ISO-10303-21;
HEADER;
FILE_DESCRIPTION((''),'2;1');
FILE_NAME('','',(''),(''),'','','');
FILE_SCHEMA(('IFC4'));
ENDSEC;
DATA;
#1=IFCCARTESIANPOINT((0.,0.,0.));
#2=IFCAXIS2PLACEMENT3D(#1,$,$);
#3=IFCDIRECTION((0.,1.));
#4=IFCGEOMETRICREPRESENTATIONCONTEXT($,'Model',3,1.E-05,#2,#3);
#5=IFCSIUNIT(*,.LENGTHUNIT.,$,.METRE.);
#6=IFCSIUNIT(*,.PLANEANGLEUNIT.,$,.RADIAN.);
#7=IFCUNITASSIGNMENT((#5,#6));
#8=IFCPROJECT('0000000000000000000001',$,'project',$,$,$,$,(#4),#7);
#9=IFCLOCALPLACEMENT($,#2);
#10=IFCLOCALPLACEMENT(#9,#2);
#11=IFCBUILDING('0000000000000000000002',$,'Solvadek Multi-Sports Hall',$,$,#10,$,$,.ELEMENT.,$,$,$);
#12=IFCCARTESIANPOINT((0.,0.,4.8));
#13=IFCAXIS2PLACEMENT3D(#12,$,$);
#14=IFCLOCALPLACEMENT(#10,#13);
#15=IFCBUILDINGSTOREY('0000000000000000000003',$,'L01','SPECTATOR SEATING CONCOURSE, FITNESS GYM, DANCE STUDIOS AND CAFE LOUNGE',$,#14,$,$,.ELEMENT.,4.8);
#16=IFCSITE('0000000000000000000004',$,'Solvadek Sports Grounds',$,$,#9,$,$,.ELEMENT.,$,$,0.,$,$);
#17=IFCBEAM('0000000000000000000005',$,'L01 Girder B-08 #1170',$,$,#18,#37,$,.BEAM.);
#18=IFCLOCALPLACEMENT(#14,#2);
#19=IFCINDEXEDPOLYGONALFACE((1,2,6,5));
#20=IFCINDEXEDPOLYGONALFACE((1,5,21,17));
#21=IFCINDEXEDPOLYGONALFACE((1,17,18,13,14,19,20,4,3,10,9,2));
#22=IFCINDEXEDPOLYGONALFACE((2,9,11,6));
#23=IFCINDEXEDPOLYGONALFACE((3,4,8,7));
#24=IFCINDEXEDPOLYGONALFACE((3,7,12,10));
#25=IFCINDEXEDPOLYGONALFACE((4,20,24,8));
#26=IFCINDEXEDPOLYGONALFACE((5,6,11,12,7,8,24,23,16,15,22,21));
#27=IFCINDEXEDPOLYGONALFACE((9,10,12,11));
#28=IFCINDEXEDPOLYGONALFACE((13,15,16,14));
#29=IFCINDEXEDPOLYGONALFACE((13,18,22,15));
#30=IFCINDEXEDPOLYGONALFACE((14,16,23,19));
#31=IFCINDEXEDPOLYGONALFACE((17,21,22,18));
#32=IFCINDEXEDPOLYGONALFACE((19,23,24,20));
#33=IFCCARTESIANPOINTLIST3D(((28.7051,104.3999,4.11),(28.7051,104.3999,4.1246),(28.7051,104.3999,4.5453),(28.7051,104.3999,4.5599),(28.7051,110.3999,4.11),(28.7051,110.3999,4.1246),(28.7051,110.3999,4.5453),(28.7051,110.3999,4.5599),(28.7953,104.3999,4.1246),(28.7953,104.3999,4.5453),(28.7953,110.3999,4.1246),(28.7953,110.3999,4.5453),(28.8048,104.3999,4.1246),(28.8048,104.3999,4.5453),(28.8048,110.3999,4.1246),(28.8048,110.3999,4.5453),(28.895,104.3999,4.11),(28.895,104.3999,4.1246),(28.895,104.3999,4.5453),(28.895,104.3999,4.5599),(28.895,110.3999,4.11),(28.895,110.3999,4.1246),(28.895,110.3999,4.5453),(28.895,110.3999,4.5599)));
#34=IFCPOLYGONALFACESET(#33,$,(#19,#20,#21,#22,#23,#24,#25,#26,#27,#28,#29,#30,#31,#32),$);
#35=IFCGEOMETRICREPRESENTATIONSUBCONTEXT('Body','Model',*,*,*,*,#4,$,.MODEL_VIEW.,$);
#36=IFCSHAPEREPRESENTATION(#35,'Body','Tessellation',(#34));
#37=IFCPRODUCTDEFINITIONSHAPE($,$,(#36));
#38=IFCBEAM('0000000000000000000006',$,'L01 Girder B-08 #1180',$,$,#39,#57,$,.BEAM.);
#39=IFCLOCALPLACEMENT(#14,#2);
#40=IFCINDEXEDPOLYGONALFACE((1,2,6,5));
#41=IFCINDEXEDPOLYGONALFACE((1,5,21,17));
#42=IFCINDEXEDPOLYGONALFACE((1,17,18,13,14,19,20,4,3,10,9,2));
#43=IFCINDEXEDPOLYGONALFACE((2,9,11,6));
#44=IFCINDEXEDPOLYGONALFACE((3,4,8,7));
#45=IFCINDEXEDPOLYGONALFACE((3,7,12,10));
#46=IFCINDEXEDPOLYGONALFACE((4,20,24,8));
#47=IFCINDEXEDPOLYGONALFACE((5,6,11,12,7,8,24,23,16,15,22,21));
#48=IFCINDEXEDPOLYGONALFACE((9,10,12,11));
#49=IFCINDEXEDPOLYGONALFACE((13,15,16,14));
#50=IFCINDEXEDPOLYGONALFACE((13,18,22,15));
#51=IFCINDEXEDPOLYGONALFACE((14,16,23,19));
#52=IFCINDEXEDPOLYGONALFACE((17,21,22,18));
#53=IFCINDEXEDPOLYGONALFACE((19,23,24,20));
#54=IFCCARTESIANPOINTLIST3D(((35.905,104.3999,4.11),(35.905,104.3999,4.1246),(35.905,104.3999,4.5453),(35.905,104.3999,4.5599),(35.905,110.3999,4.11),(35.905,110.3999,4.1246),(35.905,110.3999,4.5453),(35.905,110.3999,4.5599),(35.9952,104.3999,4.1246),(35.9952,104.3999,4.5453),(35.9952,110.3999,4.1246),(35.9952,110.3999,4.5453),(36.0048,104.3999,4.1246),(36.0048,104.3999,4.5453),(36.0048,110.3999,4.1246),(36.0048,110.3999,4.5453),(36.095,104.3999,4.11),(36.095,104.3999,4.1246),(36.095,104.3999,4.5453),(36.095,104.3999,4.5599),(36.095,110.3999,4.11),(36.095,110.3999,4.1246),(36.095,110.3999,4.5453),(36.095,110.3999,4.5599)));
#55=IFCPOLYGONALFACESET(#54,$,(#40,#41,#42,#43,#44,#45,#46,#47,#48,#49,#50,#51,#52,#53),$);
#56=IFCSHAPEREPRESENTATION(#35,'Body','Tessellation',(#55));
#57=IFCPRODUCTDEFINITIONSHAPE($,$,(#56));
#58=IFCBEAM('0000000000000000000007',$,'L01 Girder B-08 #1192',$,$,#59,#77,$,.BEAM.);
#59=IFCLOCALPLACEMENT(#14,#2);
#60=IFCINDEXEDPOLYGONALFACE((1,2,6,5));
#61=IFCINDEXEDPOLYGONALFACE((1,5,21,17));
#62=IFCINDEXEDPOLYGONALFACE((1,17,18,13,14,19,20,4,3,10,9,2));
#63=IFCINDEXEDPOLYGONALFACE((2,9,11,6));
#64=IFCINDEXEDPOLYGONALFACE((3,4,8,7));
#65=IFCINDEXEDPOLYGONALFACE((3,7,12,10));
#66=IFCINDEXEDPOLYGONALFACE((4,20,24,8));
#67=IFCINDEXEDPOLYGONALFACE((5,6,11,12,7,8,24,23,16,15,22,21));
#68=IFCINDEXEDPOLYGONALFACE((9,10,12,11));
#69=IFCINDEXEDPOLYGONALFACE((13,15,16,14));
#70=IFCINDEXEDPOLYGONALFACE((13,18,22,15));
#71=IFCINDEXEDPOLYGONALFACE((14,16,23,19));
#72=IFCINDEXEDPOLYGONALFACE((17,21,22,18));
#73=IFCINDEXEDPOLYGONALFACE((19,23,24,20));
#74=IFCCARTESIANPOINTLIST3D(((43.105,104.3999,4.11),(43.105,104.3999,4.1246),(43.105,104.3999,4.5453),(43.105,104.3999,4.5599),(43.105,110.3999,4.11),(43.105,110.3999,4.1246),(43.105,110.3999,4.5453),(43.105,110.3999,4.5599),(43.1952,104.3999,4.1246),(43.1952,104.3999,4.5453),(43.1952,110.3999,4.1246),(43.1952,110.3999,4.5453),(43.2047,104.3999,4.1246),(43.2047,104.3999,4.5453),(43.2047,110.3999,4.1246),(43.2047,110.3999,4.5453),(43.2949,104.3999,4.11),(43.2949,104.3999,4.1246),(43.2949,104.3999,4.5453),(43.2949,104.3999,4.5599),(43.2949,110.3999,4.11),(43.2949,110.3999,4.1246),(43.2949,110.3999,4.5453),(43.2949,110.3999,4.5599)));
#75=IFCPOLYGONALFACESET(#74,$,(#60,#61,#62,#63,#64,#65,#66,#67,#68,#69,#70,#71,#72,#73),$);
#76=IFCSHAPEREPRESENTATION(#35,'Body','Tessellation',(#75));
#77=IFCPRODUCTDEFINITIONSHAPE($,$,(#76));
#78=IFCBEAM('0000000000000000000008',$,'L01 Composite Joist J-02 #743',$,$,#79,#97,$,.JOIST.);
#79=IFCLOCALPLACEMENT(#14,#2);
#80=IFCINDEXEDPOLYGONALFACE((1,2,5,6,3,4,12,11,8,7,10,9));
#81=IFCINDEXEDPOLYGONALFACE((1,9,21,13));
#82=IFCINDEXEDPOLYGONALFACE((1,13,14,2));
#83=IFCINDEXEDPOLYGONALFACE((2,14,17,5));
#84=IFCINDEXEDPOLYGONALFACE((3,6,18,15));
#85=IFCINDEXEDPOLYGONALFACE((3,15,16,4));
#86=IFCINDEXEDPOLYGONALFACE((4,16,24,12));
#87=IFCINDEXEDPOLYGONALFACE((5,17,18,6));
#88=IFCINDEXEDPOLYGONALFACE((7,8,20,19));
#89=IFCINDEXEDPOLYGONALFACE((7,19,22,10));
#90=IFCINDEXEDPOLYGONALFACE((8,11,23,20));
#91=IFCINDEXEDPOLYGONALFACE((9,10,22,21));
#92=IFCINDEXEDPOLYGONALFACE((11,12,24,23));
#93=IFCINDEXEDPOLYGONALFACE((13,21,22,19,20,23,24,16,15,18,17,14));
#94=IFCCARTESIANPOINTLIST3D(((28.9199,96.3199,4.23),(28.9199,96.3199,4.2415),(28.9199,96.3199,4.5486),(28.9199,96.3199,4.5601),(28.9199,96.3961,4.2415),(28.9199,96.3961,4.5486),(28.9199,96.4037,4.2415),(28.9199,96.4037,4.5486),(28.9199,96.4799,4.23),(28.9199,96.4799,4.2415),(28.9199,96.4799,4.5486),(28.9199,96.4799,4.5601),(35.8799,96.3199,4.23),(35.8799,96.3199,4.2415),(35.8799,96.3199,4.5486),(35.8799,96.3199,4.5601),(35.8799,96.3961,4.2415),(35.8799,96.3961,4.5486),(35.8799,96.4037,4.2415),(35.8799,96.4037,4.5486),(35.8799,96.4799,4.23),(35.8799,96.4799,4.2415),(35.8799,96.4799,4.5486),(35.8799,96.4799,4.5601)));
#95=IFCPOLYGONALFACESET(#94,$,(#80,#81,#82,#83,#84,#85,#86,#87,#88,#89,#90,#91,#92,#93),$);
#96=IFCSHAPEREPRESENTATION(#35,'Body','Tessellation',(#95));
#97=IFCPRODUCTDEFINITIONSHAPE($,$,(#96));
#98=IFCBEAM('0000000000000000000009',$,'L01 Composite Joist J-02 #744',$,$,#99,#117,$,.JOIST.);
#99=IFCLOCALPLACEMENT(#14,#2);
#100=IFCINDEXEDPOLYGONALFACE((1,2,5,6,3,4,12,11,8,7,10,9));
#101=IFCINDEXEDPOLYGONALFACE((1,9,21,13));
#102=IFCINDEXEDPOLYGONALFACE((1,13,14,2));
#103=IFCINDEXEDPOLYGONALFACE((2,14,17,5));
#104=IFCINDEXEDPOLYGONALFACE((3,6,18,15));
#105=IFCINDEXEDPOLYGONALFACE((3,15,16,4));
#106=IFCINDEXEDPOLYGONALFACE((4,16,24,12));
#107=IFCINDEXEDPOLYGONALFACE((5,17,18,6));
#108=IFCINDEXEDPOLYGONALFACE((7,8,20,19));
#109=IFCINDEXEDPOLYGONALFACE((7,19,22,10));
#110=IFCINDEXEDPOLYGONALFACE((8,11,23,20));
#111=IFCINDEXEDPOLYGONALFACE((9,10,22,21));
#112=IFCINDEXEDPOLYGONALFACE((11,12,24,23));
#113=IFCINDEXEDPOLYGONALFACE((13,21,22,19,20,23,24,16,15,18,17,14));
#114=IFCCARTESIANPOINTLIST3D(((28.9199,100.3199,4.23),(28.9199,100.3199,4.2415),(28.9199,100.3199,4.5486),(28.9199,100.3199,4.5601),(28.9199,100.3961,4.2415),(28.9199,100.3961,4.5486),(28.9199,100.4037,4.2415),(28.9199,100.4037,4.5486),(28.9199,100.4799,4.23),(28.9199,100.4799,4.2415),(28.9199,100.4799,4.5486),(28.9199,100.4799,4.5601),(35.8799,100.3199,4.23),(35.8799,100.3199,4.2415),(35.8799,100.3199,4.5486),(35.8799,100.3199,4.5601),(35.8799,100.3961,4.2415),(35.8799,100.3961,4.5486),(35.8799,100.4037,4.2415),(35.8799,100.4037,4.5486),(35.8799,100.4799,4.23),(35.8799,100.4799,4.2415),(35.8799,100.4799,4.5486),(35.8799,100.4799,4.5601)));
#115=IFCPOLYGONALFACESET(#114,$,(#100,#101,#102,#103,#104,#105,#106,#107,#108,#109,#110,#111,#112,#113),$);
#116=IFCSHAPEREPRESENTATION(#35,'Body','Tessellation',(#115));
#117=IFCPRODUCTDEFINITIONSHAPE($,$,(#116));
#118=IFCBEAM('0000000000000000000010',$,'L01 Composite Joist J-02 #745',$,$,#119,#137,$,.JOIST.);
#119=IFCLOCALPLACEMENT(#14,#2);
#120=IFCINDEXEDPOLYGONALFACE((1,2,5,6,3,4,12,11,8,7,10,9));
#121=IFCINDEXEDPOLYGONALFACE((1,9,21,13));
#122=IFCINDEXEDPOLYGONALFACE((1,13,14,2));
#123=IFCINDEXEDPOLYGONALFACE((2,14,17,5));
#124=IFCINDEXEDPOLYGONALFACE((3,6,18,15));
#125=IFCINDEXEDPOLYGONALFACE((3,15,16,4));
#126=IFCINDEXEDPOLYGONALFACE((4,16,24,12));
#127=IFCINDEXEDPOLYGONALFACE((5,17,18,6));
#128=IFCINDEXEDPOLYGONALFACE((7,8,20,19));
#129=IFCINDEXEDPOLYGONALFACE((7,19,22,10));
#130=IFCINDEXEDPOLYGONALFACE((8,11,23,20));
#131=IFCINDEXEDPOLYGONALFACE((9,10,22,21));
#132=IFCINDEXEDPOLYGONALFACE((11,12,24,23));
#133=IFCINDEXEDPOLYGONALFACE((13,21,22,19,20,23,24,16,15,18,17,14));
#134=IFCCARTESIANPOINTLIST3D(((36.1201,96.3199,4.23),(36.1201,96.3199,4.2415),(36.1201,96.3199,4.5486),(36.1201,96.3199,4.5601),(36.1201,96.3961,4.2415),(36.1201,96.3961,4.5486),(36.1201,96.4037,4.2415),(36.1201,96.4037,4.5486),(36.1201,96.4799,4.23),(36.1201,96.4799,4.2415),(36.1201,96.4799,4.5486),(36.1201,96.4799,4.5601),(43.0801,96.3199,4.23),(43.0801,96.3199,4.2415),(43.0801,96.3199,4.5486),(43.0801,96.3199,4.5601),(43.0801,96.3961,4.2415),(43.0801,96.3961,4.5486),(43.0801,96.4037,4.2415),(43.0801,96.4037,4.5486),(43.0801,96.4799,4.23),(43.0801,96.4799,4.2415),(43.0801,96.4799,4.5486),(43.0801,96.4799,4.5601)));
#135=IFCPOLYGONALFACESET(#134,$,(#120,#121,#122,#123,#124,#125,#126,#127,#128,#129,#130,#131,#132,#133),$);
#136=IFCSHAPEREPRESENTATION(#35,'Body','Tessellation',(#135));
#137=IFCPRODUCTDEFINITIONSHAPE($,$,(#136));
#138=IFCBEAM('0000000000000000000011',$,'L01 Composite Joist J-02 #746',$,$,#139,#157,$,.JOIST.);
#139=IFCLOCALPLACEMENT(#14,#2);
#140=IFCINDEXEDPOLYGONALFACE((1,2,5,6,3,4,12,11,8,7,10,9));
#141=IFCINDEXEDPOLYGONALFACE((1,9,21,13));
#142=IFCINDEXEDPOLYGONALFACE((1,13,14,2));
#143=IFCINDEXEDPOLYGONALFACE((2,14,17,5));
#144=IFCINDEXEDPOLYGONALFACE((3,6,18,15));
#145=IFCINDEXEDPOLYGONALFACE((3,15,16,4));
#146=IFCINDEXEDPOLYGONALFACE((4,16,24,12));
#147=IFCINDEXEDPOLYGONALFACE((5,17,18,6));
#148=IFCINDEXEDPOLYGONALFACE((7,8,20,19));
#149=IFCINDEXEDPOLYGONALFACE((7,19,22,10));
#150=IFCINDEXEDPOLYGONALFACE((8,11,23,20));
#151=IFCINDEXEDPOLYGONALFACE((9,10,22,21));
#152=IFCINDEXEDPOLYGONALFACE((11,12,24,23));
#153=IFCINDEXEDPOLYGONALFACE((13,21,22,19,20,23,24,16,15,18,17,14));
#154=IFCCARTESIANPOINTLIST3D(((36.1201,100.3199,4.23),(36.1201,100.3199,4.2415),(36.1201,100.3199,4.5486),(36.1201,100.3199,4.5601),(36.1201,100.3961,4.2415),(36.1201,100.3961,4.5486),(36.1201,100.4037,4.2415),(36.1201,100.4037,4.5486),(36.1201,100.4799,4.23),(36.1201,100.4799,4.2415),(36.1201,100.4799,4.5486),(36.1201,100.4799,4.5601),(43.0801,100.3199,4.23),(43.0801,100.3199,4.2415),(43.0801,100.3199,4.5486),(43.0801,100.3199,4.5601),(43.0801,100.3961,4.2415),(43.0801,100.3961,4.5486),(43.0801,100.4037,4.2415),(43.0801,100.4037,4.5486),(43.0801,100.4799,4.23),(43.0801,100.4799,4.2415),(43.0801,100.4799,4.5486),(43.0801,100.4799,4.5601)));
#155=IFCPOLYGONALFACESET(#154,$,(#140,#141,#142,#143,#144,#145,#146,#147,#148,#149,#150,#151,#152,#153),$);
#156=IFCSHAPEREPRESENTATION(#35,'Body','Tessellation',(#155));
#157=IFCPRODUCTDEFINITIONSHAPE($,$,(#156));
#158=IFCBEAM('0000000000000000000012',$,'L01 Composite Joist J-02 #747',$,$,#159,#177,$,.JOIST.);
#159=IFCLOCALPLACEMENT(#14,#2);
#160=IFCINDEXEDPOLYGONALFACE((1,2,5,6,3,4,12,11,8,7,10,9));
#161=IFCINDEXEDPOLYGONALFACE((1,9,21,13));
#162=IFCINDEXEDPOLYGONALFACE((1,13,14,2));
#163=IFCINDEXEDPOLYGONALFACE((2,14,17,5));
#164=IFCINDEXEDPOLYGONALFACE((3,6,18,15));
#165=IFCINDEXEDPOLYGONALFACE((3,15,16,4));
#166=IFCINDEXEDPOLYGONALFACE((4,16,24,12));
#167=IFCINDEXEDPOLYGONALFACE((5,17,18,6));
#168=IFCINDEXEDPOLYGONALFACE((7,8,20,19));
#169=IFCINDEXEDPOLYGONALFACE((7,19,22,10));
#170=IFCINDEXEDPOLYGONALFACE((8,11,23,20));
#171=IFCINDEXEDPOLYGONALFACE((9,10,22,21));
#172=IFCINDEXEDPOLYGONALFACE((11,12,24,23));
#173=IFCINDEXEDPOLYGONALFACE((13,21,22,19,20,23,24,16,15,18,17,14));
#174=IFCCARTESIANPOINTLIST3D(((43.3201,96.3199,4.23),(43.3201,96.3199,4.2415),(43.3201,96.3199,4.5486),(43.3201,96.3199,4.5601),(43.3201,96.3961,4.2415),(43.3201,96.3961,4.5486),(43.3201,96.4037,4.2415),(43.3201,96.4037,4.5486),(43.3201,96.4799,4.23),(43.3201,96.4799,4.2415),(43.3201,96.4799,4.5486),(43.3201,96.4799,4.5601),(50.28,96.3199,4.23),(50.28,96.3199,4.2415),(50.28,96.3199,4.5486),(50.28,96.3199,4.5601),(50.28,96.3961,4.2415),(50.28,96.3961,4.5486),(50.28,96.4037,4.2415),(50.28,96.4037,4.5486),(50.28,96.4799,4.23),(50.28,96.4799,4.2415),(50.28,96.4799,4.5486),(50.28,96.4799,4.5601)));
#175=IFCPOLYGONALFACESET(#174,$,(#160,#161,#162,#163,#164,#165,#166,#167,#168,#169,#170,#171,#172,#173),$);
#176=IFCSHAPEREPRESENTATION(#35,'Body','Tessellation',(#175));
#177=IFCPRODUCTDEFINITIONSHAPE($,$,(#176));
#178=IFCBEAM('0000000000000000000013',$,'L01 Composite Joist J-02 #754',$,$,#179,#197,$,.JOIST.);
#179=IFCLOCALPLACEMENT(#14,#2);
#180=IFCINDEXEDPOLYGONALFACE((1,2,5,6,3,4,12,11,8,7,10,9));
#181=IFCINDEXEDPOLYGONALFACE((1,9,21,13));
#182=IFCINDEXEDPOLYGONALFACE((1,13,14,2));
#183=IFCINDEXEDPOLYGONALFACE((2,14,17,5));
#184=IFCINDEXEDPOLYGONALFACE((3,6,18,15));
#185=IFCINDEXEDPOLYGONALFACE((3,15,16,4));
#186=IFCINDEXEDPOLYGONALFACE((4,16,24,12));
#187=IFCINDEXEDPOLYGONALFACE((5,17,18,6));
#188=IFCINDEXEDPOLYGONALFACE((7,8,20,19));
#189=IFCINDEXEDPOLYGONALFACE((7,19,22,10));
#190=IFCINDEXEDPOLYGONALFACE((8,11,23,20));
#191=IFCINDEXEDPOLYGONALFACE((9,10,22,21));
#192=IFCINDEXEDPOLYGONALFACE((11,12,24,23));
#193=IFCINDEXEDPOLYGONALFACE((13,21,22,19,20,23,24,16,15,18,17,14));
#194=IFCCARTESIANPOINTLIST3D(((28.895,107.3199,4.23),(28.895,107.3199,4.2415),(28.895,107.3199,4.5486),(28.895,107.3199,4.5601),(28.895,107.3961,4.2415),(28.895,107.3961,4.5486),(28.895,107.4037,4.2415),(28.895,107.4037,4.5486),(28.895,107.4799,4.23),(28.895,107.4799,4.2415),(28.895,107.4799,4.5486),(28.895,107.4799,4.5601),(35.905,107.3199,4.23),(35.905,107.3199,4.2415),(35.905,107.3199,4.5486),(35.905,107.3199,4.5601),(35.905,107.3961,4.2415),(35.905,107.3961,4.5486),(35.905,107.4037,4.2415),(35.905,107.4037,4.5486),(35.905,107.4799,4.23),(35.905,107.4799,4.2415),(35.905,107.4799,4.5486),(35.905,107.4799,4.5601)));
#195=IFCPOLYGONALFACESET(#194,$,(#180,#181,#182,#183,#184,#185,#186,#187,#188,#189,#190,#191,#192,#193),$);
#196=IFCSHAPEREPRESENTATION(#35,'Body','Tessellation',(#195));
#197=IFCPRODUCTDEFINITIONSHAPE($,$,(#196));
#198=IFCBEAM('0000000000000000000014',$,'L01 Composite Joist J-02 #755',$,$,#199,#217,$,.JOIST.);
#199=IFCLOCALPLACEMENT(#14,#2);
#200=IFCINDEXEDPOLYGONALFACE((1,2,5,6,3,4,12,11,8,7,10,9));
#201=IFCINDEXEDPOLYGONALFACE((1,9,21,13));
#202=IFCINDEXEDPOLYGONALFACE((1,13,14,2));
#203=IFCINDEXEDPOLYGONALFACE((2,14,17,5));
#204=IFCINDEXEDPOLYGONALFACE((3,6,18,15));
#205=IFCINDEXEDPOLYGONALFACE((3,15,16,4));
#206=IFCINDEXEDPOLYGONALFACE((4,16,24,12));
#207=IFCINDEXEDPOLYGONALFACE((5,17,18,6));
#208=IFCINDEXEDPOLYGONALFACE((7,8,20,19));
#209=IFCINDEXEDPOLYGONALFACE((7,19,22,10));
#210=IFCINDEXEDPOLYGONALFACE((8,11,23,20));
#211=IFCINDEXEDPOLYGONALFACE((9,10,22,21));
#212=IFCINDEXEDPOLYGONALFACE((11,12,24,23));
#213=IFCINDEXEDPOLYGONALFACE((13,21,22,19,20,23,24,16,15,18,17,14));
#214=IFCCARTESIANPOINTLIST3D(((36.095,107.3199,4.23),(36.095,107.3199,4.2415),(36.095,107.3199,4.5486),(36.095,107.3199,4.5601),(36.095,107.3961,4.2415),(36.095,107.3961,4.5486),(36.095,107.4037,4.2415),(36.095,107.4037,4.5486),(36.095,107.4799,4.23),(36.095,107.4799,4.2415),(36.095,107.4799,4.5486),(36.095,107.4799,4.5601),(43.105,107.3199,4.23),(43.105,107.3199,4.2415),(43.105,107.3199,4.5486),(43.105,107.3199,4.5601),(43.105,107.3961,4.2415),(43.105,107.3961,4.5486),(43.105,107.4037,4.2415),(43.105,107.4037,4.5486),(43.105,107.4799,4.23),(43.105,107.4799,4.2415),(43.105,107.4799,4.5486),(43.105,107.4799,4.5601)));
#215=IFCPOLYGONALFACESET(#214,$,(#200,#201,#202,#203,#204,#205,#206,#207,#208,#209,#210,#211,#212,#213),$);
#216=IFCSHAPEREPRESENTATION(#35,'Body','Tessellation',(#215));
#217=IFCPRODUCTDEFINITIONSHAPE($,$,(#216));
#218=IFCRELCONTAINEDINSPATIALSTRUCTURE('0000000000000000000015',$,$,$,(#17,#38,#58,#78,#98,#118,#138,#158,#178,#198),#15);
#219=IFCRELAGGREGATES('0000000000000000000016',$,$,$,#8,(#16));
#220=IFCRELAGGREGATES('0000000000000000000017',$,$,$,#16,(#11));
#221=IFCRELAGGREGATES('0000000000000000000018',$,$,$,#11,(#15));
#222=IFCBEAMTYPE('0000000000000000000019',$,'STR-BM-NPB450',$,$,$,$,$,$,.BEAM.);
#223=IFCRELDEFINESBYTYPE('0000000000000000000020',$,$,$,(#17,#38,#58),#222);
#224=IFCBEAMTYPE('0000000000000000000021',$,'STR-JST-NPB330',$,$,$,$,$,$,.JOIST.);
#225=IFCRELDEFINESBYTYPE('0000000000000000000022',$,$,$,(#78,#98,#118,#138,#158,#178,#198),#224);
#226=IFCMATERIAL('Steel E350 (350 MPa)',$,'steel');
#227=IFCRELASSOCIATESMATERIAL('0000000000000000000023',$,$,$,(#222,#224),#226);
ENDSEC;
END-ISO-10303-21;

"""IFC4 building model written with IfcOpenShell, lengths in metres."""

from ifc_helpers import new_model, si_unit, direction, frame, origin, origin_2d, place, context, subcontext, project, spatial, i_section, extrude, material, material_profile, profile_set, type_object, element, save


model = new_model("IFC4")

# Units and contexts
model_context = context("Model", 3, precision=1e-05, world=origin(), true_north=direction((0.0, 1.0)))
body_context = subcontext(model_context, "Body", "Model", "MODEL_VIEW")
ifc_project = project(units=[si_unit("LENGTHUNIT", "METRE"), si_unit("PLANEANGLEUNIT", "RADIAN")], contexts=[model_context])

# Site, building, storey
site_placement = place(None, origin())
site = spatial("IfcSite", under=ifc_project, at=site_placement, Name="Solvadek Sports Grounds", CompositionType="ELEMENT", RefElevation=0.0)
building_placement = place(site_placement, origin())
building = spatial("IfcBuilding", under=site, at=building_placement, Name="Solvadek Multi-Sports Hall", CompositionType="ELEMENT")
storey_placement = place(building_placement, frame((0.0, 0.0, 4.8)))
storey = spatial("IfcBuildingStorey", under=building, at=storey_placement, Name="L01", Description="SPECTATOR SEATING CONCOURSE, FITNESS GYM, DANCE STUDIOS AND CAFE LOUNGE", CompositionType="ELEMENT", Elevation=4.8)

# Shared definitions
ifc_material_1 = material(Name="Steel E350 (350 MPa)", Category="steel")

# Beams
ifc_material_profile_1 = material_profile(ifc_material_1, i_section(OverallWidth=0.1899, OverallDepth=0.45, WebThickness=0.0095, FlangeThickness=0.0146, at=origin_2d()), Name="NPB 450")
ifc_profile_set_1 = profile_set([ifc_material_profile_1], Name="Steel E350 (350 MPa)")
beam_type_1 = type_object("IfcBeamType", Name="STR-BM-NPB450", PredefinedType="BEAM", material=ifc_profile_set_1)
for number, where, z_axis, x_axis, name in (
    (1, (28.8, 104.3999, 4.335), (0.0, 1.0, 0.0), (-1.0, 0.0, 0.0), "L01 Girder B-08 #1170"),
    (2, (36.0, 104.3999, 4.335), (0.0, 1.0, 0.0), (-1.0, 0.0, 0.0), "L01 Girder B-08 #1180"),
    (3, (43.2, 104.3999, 4.335), (0.0, 1.0, 0.0), (-1.0, 0.0, 0.0), "L01 Girder B-08 #1192"),
):
    element("IfcBeam", number, at=place(storey_placement, frame(where, z_axis=z_axis, x_axis=x_axis)), inside=storey, type_object=beam_type_1, Name=name, PredefinedType="BEAM", context=body_context, shape_type="SweptSolid", body=[
        extrude(i_section(OverallWidth=0.1899, OverallDepth=0.45, WebThickness=0.0095, FlangeThickness=0.0146, at=origin_2d()), origin(), (0.0, 0.0, 1.0), 6.0),
    ])
ifc_material_profile_2 = material_profile(ifc_material_1, i_section(OverallWidth=0.1599, OverallDepth=0.3301, WebThickness=0.0076, FlangeThickness=0.0115, at=origin_2d()), Name="NPB 330")
ifc_profile_set_2 = profile_set([ifc_material_profile_2], Name="Steel E350 (350 MPa)")
beam_type_2 = type_object("IfcBeamType", Name="STR-JST-NPB330", PredefinedType="JOIST", material=ifc_profile_set_2)
for number, where, z_axis, x_axis, name in (
    (4, (28.9199, 96.3999, 4.395), (1.0, 0.0, 0.0), (0.0, 1.0, 0.0), "L01 Composite Joist J-02 #743"),
    (5, (28.9199, 100.3999, 4.395), (1.0, 0.0, 0.0), (0.0, 1.0, 0.0), "L01 Composite Joist J-02 #744"),
    (6, (36.1201, 96.3999, 4.395), (1.0, 0.0, 0.0), (0.0, 1.0, 0.0), "L01 Composite Joist J-02 #745"),
    (7, (36.1201, 100.3999, 4.395), (1.0, 0.0, 0.0), (0.0, 1.0, 0.0), "L01 Composite Joist J-02 #746"),
    (8, (43.3201, 96.3999, 4.395), (1.0, 0.0, 0.0), (0.0, 1.0, 0.0), "L01 Composite Joist J-02 #747"),
):
    element("IfcBeam", number, at=place(storey_placement, frame(where, z_axis=z_axis, x_axis=x_axis)), inside=storey, type_object=beam_type_2, Name=name, PredefinedType="JOIST", context=body_context, shape_type="SweptSolid", body=[
        extrude(i_section(OverallWidth=0.1599, OverallDepth=0.3301, WebThickness=0.0076, FlangeThickness=0.0115, at=origin_2d()), origin(), (0.0, 0.0, 1.0), 6.96),
    ])
for number, where, z_axis, x_axis, name in (
    (9, (28.895, 107.3999, 4.395), (1.0, 0.0, 0.0), (0.0, 1.0, 0.0), "L01 Composite Joist J-02 #754"),
    (10, (36.095, 107.3999, 4.395), (1.0, 0.0, 0.0), (0.0, 1.0, 0.0), "L01 Composite Joist J-02 #755"),
):
    element("IfcBeam", number, at=place(storey_placement, frame(where, z_axis=z_axis, x_axis=x_axis)), inside=storey, type_object=beam_type_2, Name=name, PredefinedType="JOIST", context=body_context, shape_type="SweptSolid", body=[
        extrude(i_section(OverallWidth=0.1599, OverallDepth=0.3301, WebThickness=0.0076, FlangeThickness=0.0115, at=origin_2d()), origin(), (0.0, 0.0, 1.0), 7.01),
    ])

save(model, "model.ifc")
